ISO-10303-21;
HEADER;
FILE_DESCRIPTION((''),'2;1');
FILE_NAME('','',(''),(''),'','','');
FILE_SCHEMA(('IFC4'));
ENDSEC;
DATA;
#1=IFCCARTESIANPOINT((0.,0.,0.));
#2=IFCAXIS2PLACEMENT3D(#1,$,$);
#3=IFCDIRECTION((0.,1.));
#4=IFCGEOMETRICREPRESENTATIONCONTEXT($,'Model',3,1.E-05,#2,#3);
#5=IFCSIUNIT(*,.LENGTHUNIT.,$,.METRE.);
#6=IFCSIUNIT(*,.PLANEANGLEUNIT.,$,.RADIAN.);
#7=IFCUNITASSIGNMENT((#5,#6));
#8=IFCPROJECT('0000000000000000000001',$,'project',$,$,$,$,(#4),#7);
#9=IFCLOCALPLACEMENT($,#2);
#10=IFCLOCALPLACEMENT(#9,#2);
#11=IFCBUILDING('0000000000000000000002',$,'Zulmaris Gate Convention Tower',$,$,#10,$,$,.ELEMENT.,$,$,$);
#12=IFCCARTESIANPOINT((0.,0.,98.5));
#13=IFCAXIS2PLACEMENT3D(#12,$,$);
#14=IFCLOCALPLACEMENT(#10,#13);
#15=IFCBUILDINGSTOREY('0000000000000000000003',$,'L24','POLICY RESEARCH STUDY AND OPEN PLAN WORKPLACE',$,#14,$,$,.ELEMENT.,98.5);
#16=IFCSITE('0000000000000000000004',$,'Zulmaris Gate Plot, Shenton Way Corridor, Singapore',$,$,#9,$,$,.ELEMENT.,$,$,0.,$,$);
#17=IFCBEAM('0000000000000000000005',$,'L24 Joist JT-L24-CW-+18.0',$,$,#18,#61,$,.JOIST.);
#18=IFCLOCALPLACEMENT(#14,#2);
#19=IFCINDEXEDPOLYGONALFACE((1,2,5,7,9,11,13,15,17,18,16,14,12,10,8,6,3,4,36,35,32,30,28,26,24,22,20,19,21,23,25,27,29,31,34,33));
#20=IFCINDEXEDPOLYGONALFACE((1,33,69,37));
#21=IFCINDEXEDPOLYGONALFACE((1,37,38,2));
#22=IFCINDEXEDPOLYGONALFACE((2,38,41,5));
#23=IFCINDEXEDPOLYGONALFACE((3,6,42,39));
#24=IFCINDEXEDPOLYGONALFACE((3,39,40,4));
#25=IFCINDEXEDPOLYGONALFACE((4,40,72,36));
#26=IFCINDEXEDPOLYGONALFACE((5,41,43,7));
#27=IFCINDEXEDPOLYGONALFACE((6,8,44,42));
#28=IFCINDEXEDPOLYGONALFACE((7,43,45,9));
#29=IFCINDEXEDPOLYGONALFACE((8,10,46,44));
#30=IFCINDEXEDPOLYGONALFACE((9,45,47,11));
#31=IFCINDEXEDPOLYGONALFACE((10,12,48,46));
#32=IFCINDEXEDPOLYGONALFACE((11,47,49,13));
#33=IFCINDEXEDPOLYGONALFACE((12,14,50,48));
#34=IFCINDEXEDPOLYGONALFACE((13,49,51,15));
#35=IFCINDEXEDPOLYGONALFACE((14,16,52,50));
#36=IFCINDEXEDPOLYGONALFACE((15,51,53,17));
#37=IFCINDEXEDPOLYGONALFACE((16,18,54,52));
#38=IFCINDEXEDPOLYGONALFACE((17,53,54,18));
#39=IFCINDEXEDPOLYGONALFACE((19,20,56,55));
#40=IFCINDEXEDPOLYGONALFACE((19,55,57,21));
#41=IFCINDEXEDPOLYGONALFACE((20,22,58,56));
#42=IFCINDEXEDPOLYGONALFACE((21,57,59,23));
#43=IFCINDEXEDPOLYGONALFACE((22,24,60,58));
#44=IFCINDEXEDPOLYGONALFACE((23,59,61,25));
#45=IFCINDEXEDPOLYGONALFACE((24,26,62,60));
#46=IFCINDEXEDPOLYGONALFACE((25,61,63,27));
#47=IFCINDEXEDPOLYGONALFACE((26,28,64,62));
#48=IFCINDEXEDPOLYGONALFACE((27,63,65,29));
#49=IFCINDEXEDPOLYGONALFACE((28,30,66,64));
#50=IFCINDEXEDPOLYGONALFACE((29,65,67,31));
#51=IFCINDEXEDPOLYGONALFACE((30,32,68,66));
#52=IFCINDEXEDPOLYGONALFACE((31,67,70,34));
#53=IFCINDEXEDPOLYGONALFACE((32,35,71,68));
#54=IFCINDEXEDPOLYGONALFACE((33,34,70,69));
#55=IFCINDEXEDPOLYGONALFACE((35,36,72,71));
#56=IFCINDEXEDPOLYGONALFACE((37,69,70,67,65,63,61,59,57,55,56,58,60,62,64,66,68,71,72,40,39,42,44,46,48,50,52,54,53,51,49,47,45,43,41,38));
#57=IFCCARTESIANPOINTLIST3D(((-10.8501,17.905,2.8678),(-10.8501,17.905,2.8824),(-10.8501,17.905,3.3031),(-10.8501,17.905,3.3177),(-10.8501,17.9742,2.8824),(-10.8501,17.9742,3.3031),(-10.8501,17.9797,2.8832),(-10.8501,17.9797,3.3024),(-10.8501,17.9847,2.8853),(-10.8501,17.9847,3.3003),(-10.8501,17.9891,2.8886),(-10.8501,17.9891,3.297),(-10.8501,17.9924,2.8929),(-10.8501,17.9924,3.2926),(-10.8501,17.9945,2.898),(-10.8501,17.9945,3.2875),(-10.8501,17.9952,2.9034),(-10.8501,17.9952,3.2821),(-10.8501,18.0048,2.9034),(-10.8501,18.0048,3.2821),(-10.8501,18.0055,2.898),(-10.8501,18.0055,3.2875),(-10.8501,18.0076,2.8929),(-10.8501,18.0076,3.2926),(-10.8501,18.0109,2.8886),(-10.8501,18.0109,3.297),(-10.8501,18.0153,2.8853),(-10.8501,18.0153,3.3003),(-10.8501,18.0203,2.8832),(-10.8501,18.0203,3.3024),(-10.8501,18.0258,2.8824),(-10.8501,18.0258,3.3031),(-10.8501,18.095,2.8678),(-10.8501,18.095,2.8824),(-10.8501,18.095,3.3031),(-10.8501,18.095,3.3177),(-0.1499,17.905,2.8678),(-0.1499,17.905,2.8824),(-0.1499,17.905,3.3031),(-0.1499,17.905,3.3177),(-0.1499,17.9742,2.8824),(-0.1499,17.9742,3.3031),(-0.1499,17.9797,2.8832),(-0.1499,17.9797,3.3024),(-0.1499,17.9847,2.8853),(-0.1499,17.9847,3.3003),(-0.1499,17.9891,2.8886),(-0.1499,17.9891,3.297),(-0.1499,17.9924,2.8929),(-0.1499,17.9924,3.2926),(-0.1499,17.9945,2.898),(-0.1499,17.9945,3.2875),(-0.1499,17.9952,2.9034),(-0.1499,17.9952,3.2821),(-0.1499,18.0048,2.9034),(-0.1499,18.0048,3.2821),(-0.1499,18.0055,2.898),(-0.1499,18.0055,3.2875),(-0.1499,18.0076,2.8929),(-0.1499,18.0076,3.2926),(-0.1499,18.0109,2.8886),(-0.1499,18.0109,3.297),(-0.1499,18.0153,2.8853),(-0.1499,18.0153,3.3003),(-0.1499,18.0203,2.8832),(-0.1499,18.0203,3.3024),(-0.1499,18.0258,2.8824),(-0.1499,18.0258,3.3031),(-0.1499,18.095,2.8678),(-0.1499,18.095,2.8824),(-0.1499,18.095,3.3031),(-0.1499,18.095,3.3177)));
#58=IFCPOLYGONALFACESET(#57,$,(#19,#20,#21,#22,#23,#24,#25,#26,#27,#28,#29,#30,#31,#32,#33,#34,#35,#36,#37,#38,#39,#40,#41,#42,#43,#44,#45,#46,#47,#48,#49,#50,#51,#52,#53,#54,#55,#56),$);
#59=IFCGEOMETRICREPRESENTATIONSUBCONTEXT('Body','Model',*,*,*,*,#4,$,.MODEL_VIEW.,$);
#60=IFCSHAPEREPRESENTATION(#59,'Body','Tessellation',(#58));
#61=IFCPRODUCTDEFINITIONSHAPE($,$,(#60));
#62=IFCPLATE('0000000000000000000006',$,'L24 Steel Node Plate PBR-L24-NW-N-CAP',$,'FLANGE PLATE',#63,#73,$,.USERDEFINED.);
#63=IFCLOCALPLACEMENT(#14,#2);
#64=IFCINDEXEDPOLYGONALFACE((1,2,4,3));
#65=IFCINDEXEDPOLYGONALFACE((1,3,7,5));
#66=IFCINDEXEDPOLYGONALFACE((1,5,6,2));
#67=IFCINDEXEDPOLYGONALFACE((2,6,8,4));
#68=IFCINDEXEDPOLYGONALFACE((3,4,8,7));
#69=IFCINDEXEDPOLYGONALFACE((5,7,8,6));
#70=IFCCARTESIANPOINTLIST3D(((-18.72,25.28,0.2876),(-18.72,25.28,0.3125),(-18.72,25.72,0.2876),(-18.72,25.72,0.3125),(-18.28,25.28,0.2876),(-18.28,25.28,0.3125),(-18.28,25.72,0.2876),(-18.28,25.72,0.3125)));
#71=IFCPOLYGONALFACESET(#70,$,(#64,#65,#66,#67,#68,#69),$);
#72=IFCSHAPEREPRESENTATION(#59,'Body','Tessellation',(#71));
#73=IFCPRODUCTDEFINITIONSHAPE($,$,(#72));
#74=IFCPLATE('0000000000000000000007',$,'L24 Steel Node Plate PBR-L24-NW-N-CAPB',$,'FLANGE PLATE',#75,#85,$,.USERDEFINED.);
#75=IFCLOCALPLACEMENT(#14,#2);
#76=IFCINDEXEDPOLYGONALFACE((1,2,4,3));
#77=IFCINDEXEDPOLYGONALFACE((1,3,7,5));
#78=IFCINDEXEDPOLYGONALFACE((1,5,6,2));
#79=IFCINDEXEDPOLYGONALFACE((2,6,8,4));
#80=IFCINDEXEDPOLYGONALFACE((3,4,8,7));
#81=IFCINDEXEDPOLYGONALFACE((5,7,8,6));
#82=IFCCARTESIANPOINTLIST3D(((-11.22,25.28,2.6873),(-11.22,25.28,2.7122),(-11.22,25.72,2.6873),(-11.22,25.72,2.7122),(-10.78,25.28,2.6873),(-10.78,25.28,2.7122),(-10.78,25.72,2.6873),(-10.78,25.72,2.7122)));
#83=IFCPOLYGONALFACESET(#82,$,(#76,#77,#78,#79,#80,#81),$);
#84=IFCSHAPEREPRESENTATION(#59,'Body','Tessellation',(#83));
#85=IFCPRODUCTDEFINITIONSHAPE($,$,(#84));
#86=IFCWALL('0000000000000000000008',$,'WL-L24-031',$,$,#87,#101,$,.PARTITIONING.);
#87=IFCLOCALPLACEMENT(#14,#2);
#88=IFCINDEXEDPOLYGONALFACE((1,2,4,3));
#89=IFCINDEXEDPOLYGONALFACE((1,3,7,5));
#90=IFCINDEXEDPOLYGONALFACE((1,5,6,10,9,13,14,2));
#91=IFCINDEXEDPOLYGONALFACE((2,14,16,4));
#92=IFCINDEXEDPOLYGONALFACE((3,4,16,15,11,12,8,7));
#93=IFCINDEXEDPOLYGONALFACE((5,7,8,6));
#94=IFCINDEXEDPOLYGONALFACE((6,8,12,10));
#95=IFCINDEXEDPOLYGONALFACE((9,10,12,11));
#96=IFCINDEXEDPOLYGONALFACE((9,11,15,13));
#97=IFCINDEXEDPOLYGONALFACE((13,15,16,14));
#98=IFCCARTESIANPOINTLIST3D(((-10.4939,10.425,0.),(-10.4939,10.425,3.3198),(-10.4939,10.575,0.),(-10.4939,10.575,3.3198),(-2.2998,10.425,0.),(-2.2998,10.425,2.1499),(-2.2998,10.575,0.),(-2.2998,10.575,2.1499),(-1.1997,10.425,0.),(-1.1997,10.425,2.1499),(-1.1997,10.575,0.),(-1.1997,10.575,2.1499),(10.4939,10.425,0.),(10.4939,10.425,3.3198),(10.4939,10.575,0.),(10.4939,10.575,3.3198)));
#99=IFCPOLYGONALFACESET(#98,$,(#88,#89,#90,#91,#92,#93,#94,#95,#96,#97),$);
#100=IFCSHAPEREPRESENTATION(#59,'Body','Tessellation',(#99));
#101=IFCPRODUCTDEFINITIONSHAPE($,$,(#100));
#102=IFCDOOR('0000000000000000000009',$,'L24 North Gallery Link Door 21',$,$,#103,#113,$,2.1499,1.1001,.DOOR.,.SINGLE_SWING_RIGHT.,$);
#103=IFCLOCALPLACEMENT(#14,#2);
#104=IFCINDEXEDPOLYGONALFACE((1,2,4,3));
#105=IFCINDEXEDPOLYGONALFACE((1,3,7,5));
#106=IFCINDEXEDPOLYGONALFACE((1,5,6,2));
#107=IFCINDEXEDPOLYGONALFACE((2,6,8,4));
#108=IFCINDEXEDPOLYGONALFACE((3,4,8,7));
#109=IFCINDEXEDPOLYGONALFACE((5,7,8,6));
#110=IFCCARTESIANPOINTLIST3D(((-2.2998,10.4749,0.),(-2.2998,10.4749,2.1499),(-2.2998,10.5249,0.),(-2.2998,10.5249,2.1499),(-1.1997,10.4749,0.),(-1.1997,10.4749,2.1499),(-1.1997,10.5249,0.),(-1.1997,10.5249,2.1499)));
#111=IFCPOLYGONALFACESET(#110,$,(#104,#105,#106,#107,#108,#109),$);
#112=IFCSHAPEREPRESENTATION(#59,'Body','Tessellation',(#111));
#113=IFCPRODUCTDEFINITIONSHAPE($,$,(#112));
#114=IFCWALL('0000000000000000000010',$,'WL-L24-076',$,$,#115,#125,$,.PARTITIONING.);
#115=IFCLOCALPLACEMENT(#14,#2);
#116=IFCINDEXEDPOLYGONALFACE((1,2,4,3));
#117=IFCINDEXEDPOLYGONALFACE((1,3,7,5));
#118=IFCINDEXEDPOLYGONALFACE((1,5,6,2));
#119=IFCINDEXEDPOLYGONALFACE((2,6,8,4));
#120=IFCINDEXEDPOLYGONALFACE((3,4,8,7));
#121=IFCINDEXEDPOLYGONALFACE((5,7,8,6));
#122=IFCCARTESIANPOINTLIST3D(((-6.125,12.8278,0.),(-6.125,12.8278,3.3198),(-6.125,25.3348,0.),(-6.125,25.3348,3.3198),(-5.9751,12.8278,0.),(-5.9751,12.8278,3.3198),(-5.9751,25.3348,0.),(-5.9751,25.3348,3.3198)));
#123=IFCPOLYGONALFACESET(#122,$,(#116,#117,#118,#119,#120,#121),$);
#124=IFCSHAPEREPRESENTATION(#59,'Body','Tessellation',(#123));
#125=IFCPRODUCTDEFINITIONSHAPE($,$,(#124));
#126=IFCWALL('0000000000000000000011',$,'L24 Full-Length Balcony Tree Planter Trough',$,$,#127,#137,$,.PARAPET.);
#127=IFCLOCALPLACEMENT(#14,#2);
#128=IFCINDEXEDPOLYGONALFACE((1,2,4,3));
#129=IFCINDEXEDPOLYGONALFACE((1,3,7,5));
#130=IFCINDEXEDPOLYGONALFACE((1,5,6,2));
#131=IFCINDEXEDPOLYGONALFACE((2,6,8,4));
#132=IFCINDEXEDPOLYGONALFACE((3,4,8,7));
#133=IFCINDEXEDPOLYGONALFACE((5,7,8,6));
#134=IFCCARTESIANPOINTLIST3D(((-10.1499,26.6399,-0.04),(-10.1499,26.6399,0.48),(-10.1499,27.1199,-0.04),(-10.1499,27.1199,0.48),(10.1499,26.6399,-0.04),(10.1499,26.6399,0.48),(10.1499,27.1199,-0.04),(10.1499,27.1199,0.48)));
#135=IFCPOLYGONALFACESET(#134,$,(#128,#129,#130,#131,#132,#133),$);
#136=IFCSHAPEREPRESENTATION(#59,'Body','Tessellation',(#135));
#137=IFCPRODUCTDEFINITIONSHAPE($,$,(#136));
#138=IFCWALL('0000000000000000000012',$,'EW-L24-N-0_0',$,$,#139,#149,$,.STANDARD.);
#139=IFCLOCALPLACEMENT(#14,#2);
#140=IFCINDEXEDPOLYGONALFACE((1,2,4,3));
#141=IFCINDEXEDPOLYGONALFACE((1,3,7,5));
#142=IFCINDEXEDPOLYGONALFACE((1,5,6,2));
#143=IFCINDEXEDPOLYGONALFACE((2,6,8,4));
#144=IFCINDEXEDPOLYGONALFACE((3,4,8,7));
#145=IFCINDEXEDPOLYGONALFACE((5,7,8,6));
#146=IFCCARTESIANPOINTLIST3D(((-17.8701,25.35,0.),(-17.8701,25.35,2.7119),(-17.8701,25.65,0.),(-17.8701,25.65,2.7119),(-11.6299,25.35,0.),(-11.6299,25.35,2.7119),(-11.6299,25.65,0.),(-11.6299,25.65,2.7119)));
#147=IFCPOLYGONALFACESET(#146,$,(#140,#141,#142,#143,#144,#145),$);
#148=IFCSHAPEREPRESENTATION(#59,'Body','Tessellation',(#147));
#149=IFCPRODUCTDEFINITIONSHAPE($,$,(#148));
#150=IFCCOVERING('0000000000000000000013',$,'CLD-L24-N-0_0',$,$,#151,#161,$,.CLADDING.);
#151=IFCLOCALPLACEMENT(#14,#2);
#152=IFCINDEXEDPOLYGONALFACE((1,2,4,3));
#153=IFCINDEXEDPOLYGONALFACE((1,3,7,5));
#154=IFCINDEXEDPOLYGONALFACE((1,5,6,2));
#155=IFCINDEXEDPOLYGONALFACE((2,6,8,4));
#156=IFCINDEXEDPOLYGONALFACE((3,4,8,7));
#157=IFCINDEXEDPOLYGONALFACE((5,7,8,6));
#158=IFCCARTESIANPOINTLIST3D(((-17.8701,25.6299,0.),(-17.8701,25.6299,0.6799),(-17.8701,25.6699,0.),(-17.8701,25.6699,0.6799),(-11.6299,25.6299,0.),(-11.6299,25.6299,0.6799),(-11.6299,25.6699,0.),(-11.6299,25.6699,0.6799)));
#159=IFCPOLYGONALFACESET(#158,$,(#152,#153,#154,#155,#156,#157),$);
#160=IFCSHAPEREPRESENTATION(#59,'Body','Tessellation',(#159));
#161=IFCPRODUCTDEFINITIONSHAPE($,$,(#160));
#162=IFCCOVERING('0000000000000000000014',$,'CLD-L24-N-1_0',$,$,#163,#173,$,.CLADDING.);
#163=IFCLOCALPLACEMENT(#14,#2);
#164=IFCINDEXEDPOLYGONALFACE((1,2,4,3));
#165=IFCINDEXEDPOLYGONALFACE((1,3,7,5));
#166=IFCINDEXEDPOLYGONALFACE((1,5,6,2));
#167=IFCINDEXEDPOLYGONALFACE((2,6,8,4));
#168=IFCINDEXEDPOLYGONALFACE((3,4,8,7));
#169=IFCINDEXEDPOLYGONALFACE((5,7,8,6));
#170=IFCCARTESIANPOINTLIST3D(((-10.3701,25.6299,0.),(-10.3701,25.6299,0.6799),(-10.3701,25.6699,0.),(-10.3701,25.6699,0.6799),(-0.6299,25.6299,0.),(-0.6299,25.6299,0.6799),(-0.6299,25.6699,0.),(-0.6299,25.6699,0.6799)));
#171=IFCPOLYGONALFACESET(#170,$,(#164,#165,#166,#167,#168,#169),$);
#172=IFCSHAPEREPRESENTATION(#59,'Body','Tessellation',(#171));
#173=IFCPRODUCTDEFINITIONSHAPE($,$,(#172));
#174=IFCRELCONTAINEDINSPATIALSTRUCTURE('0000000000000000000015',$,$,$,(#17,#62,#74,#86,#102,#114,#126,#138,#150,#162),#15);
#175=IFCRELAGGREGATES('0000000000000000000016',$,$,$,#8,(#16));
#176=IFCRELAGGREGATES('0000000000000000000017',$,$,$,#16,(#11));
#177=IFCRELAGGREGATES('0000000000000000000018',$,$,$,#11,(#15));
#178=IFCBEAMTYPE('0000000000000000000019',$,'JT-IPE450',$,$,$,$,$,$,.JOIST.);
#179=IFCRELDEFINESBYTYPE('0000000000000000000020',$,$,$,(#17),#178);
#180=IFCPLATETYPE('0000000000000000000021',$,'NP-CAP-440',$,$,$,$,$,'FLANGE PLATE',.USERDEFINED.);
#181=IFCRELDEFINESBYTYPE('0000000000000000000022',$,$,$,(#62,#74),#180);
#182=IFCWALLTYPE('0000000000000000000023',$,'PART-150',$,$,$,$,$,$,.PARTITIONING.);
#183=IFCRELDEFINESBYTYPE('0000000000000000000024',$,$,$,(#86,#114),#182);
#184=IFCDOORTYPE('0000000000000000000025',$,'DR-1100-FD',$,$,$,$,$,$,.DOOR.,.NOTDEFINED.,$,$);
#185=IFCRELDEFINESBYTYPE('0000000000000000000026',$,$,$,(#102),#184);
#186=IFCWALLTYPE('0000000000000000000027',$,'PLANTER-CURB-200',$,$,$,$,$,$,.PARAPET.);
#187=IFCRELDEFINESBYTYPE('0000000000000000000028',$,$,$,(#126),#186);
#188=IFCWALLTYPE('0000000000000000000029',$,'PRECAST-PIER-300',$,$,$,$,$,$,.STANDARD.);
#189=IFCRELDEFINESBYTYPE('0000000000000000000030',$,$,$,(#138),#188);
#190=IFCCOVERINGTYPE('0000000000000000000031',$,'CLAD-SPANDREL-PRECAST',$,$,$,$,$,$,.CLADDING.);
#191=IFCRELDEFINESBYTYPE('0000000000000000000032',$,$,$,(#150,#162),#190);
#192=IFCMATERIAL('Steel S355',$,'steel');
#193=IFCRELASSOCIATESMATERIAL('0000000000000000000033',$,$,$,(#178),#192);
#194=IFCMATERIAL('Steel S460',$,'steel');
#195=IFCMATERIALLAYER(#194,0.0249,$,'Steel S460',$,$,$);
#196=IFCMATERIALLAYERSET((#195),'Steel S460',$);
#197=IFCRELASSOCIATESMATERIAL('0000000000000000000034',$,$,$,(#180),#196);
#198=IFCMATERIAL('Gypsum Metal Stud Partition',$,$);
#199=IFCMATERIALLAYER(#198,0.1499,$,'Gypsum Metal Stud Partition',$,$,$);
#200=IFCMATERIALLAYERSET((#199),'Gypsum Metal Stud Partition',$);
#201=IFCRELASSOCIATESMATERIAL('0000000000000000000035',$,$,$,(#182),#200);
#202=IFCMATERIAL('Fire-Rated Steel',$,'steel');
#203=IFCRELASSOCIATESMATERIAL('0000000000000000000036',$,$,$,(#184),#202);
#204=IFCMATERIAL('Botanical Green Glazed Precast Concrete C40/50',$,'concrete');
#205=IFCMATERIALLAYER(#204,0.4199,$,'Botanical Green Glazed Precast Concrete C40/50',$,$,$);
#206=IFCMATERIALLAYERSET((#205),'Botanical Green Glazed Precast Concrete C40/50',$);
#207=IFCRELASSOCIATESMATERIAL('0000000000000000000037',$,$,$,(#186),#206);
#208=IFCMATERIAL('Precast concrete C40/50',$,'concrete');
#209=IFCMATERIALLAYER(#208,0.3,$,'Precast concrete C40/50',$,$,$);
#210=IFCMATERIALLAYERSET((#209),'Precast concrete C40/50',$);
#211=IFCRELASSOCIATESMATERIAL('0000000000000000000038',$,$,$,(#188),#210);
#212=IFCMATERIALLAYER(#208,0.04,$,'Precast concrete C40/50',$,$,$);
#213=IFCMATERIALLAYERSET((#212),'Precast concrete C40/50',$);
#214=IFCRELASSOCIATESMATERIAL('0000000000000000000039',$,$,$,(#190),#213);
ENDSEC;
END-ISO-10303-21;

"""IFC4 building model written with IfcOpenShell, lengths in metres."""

from ifc_helpers import new_model, si_unit, direction, frame, frame_2d, origin, origin_2d, place, context, subcontext, project, spatial, rectangle, i_section, extrude, material, layer, layer_set, material_profile, profile_set, type_object, element, fill, save


model = new_model("IFC4")

# Units and contexts
model_context = context("Model", 3, precision=1e-05, world=origin(), true_north=direction((0.0, 1.0)))
body_context = subcontext(model_context, "Body", "Model", "MODEL_VIEW")
ifc_project = project(units=[si_unit("LENGTHUNIT", "METRE"), si_unit("PLANEANGLEUNIT", "RADIAN")], contexts=[model_context])

# Site, building, storey
site_placement = place(None, origin())
site = spatial("IfcSite", under=ifc_project, at=site_placement, Name="Zulmaris Gate Plot, Shenton Way Corridor, Singapore", CompositionType="ELEMENT", RefElevation=0.0)
building_placement = place(site_placement, origin())
building = spatial("IfcBuilding", under=site, at=building_placement, Name="Zulmaris Gate Convention Tower", CompositionType="ELEMENT")
storey_placement = place(building_placement, frame((0.0, 0.0, 98.5)))
storey = spatial("IfcBuildingStorey", under=building, at=storey_placement, Name="L24", Description="POLICY RESEARCH STUDY AND OPEN PLAN WORKPLACE", CompositionType="ELEMENT", Elevation=98.5)

# Beam
ifc_material_1 = material(Name="Steel S355", Category="steel")
ifc_material_profile_1 = material_profile(ifc_material_1, i_section(OverallWidth=0.1899, OverallDepth=0.45, WebThickness=0.0095, FlangeThickness=0.0146, FilletRadius=0.021, at=origin_2d()), Name="IPE 450")
ifc_profile_set_1 = profile_set([ifc_material_profile_1], Name="Steel S355")
beam_type_1 = type_object("IfcBeamType", Name="JT-IPE450", PredefinedType="JOIST", material=ifc_profile_set_1)
for number, where, z_axis, x_axis, name in (
    (1, (-10.8501, 18.0, 3.0928), (1.0, 0.0, 0.0), (0.0, 1.0, 0.0), "L24 Joist JT-L24-CW-+18.0"),
):
    element("IfcBeam", number, at=place(storey_placement, frame(where, z_axis=z_axis, x_axis=x_axis)), inside=storey, type_object=beam_type_1, Name=name, PredefinedType="JOIST", context=body_context, shape_type="SweptSolid", body=[
        extrude(i_section(OverallWidth=0.1899, OverallDepth=0.45, WebThickness=0.0095, FlangeThickness=0.0146, FilletRadius=0.021, at=origin_2d()), origin(), (0.0, 0.0, 1.0), 10.7002),
    ])

# Plates
ifc_material_2 = material(Name="Steel S460", Category="steel")
ifc_layer_1 = layer(ifc_material_2, 0.0249, Name="Steel S460")
ifc_layer_set_1 = layer_set([ifc_layer_1], Name="Steel S460")
plate_type = type_object("IfcPlateType", Name="NP-CAP-440", ElementType="FLANGE PLATE", PredefinedType="USERDEFINED", material=ifc_layer_set_1)
for number, where, z_axis, x_axis, name in (
    (2, (-18.5, 25.5, 0.2876), (0.0, 0.0, 1.0), (1.0, 0.0, 0.0), "L24 Steel Node Plate PBR-L24-NW-N-CAP"),
    (3, (-11.0, 25.5, 2.6873), (0.0, 0.0, 1.0), (1.0, 0.0, 0.0), "L24 Steel Node Plate PBR-L24-NW-N-CAPB"),
):
    element("IfcPlate", number, at=place(storey_placement, frame(where, z_axis=z_axis, x_axis=x_axis)), inside=storey, type_object=plate_type, Name=name, ObjectType="FLANGE PLATE", PredefinedType="USERDEFINED", context=body_context, shape_type="SweptSolid", body=[
        extrude(rectangle(XDim=0.4399, YDim=0.4399, at=origin_2d()), origin(), (0.0, 0.0, 1.0), 0.0249),
    ])

# Wall, opening, door
ifc_material_3 = material(Name="Gypsum Metal Stud Partition")
ifc_layer_2 = layer(ifc_material_3, 0.1499, Name="Gypsum Metal Stud Partition")
ifc_layer_set_2 = layer_set([ifc_layer_2], Name="Gypsum Metal Stud Partition")
wall_type_1 = type_object("IfcWallType", Name="PART-150", PredefinedType="PARTITIONING", material=ifc_layer_set_2)
wall_1_placement = place(storey_placement, frame((-10.4939, 10.5, 0.0), z_axis=(0.0, 0.0, 1.0), x_axis=(1.0, 0.0, 0.0)))
wall_1 = element("IfcWall", 4, at=wall_1_placement, inside=storey, type_object=wall_type_1, Name="WL-L24-031", PredefinedType="PARTITIONING", context=body_context, shape_type="SweptSolid", body=[
    extrude(rectangle(XDim=20.9878, YDim=0.1499, at=frame_2d((10.4939, 0.0))), origin(), (0.0, 0.0, 1.0), 3.3198),
])
opening_1_placement = place(wall_1_placement, frame((8.1941, 0.0, 0.0)))
opening_1 = element("IfcOpeningElement", 5, at=opening_1_placement, cuts=wall_1, PredefinedType="OPENING", context=body_context, shape_type="SweptSolid", body=[
    extrude(rectangle(XDim=1.1001, YDim=2.1499, at=frame_2d((0.55, 1.075))), frame((0.0, 0.085, 0.0), z_axis=(0.0, -1.0, 0.0), x_axis=(1.0, 0.0, 0.0)), (0.0, 0.0, 1.0), 0.1699),
])
ifc_material_4 = material(Name="Fire-Rated Steel", Category="steel")
door_type_1 = type_object("IfcDoorType", Name="DR-1100-FD", OperationType="NOTDEFINED", PredefinedType="DOOR", material=ifc_material_4)
door_1_placement = place(opening_1_placement, origin())
door_1 = element("IfcDoor", 6, at=door_1_placement, inside=storey, type_object=door_type_1, Name="L24 North Gallery Link Door 21", OperationType="SINGLE_SWING_RIGHT", OverallHeight=2.1499, OverallWidth=1.1001, PredefinedType="DOOR", context=body_context, shape_type="SweptSolid", body=[
    extrude(rectangle(XDim=1.1001, YDim=2.1499, at=frame_2d((0.55, 1.075))), frame((0.0, 0.0249, 0.0), z_axis=(0.0, -1.0, 0.0), x_axis=(1.0, 0.0, 0.0)), (0.0, 0.0, 1.0), 0.05),
])
fill(opening_1, door_1)

# Walls
wall_2_placement = place(storey_placement, frame((-6.05, 12.8279, 0.0), z_axis=(0.0, 0.0, 1.0), x_axis=(0.0, 1.0, 0.0)))
element("IfcWall", 7, at=wall_2_placement, inside=storey, type_object=wall_type_1, Name="WL-L24-076", PredefinedType="PARTITIONING", context=body_context, shape_type="SweptSolid", body=[
    extrude(rectangle(XDim=12.5071, YDim=0.1499, at=frame_2d((6.2534, 0.0))), origin(), (0.0, 0.0, 1.0), 3.3198),
])
ifc_material_5 = material(Name="Botanical Green Glazed Precast Concrete C40/50", Category="concrete")
ifc_layer_3 = layer(ifc_material_5, 0.4199, Name="Botanical Green Glazed Precast Concrete C40/50")
ifc_layer_set_3 = layer_set([ifc_layer_3], Name="Botanical Green Glazed Precast Concrete C40/50")
wall_type_2 = type_object("IfcWallType", Name="PLANTER-CURB-200", PredefinedType="PARAPET", material=ifc_layer_set_3)
wall_3_placement = place(storey_placement, frame((-10.1499, 26.8799, -0.04), z_axis=(0.0, 0.0, 1.0), x_axis=(1.0, 0.0, 0.0)))
element("IfcWall", 8, at=wall_3_placement, inside=storey, type_object=wall_type_2, Name="L24 Full-Length Balcony Tree Planter Trough", PredefinedType="PARAPET", context=body_context, shape_type="SweptSolid", body=[
    extrude(rectangle(XDim=20.2998, YDim=0.48, at=frame_2d((10.1499, 0.0))), origin(), (0.0, 0.0, 1.0), 0.52),
])
ifc_material_6 = material(Name="Precast concrete C40/50", Category="concrete")
ifc_layer_4 = layer(ifc_material_6, 0.3, Name="Precast concrete C40/50")
ifc_layer_set_4 = layer_set([ifc_layer_4], Name="Precast concrete C40/50")
wall_type_3 = type_object("IfcWallType", Name="PRECAST-PIER-300", PredefinedType="STANDARD", material=ifc_layer_set_4)
wall_4_placement = place(storey_placement, frame((-11.6299, 25.5, 0.0), z_axis=(0.0, 0.0, 1.0), x_axis=(-1.0, 0.0, 0.0)))
element("IfcWall", 9, at=wall_4_placement, inside=storey, type_object=wall_type_3, Name="EW-L24-N-0_0", PredefinedType="STANDARD", context=body_context, shape_type="SweptSolid", body=[
    extrude(rectangle(XDim=6.2402, YDim=0.3, at=frame_2d((3.1201, 0.0))), origin(), (0.0, 0.0, 1.0), 2.7119),
])

# Coverings
ifc_layer_5 = layer(ifc_material_6, 0.04, Name="Precast concrete C40/50")
ifc_layer_set_5 = layer_set([ifc_layer_5], Name="Precast concrete C40/50")
covering_type = type_object("IfcCoveringType", Name="CLAD-SPANDREL-PRECAST", PredefinedType="CLADDING", material=ifc_layer_set_5)
covering_1_placement = place(storey_placement, frame((-11.6299, 25.6499, 0.0), z_axis=(0.0, 0.0, 1.0), x_axis=(-1.0, 0.0, 0.0)))
element("IfcCovering", 10, at=covering_1_placement, inside=storey, type_object=covering_type, Name="CLD-L24-N-0_0", PredefinedType="CLADDING", context=body_context, shape_type="SweptSolid", body=[
    extrude(rectangle(XDim=6.2402, YDim=0.04, at=frame_2d((3.1201, 0.0))), origin(), (0.0, 0.0, 1.0), 0.6799),
])
covering_2_placement = place(storey_placement, frame((-0.6299, 25.6499, 0.0), z_axis=(0.0, 0.0, 1.0), x_axis=(-1.0, 0.0, 0.0)))
element("IfcCovering", 11, at=covering_2_placement, inside=storey, type_object=covering_type, Name="CLD-L24-N-1_0", PredefinedType="CLADDING", context=body_context, shape_type="SweptSolid", body=[
    extrude(rectangle(XDim=9.7402, YDim=0.04, at=frame_2d((4.8701, 0.0))), origin(), (0.0, 0.0, 1.0), 0.6799),
])

save(model, "model.ifc")
